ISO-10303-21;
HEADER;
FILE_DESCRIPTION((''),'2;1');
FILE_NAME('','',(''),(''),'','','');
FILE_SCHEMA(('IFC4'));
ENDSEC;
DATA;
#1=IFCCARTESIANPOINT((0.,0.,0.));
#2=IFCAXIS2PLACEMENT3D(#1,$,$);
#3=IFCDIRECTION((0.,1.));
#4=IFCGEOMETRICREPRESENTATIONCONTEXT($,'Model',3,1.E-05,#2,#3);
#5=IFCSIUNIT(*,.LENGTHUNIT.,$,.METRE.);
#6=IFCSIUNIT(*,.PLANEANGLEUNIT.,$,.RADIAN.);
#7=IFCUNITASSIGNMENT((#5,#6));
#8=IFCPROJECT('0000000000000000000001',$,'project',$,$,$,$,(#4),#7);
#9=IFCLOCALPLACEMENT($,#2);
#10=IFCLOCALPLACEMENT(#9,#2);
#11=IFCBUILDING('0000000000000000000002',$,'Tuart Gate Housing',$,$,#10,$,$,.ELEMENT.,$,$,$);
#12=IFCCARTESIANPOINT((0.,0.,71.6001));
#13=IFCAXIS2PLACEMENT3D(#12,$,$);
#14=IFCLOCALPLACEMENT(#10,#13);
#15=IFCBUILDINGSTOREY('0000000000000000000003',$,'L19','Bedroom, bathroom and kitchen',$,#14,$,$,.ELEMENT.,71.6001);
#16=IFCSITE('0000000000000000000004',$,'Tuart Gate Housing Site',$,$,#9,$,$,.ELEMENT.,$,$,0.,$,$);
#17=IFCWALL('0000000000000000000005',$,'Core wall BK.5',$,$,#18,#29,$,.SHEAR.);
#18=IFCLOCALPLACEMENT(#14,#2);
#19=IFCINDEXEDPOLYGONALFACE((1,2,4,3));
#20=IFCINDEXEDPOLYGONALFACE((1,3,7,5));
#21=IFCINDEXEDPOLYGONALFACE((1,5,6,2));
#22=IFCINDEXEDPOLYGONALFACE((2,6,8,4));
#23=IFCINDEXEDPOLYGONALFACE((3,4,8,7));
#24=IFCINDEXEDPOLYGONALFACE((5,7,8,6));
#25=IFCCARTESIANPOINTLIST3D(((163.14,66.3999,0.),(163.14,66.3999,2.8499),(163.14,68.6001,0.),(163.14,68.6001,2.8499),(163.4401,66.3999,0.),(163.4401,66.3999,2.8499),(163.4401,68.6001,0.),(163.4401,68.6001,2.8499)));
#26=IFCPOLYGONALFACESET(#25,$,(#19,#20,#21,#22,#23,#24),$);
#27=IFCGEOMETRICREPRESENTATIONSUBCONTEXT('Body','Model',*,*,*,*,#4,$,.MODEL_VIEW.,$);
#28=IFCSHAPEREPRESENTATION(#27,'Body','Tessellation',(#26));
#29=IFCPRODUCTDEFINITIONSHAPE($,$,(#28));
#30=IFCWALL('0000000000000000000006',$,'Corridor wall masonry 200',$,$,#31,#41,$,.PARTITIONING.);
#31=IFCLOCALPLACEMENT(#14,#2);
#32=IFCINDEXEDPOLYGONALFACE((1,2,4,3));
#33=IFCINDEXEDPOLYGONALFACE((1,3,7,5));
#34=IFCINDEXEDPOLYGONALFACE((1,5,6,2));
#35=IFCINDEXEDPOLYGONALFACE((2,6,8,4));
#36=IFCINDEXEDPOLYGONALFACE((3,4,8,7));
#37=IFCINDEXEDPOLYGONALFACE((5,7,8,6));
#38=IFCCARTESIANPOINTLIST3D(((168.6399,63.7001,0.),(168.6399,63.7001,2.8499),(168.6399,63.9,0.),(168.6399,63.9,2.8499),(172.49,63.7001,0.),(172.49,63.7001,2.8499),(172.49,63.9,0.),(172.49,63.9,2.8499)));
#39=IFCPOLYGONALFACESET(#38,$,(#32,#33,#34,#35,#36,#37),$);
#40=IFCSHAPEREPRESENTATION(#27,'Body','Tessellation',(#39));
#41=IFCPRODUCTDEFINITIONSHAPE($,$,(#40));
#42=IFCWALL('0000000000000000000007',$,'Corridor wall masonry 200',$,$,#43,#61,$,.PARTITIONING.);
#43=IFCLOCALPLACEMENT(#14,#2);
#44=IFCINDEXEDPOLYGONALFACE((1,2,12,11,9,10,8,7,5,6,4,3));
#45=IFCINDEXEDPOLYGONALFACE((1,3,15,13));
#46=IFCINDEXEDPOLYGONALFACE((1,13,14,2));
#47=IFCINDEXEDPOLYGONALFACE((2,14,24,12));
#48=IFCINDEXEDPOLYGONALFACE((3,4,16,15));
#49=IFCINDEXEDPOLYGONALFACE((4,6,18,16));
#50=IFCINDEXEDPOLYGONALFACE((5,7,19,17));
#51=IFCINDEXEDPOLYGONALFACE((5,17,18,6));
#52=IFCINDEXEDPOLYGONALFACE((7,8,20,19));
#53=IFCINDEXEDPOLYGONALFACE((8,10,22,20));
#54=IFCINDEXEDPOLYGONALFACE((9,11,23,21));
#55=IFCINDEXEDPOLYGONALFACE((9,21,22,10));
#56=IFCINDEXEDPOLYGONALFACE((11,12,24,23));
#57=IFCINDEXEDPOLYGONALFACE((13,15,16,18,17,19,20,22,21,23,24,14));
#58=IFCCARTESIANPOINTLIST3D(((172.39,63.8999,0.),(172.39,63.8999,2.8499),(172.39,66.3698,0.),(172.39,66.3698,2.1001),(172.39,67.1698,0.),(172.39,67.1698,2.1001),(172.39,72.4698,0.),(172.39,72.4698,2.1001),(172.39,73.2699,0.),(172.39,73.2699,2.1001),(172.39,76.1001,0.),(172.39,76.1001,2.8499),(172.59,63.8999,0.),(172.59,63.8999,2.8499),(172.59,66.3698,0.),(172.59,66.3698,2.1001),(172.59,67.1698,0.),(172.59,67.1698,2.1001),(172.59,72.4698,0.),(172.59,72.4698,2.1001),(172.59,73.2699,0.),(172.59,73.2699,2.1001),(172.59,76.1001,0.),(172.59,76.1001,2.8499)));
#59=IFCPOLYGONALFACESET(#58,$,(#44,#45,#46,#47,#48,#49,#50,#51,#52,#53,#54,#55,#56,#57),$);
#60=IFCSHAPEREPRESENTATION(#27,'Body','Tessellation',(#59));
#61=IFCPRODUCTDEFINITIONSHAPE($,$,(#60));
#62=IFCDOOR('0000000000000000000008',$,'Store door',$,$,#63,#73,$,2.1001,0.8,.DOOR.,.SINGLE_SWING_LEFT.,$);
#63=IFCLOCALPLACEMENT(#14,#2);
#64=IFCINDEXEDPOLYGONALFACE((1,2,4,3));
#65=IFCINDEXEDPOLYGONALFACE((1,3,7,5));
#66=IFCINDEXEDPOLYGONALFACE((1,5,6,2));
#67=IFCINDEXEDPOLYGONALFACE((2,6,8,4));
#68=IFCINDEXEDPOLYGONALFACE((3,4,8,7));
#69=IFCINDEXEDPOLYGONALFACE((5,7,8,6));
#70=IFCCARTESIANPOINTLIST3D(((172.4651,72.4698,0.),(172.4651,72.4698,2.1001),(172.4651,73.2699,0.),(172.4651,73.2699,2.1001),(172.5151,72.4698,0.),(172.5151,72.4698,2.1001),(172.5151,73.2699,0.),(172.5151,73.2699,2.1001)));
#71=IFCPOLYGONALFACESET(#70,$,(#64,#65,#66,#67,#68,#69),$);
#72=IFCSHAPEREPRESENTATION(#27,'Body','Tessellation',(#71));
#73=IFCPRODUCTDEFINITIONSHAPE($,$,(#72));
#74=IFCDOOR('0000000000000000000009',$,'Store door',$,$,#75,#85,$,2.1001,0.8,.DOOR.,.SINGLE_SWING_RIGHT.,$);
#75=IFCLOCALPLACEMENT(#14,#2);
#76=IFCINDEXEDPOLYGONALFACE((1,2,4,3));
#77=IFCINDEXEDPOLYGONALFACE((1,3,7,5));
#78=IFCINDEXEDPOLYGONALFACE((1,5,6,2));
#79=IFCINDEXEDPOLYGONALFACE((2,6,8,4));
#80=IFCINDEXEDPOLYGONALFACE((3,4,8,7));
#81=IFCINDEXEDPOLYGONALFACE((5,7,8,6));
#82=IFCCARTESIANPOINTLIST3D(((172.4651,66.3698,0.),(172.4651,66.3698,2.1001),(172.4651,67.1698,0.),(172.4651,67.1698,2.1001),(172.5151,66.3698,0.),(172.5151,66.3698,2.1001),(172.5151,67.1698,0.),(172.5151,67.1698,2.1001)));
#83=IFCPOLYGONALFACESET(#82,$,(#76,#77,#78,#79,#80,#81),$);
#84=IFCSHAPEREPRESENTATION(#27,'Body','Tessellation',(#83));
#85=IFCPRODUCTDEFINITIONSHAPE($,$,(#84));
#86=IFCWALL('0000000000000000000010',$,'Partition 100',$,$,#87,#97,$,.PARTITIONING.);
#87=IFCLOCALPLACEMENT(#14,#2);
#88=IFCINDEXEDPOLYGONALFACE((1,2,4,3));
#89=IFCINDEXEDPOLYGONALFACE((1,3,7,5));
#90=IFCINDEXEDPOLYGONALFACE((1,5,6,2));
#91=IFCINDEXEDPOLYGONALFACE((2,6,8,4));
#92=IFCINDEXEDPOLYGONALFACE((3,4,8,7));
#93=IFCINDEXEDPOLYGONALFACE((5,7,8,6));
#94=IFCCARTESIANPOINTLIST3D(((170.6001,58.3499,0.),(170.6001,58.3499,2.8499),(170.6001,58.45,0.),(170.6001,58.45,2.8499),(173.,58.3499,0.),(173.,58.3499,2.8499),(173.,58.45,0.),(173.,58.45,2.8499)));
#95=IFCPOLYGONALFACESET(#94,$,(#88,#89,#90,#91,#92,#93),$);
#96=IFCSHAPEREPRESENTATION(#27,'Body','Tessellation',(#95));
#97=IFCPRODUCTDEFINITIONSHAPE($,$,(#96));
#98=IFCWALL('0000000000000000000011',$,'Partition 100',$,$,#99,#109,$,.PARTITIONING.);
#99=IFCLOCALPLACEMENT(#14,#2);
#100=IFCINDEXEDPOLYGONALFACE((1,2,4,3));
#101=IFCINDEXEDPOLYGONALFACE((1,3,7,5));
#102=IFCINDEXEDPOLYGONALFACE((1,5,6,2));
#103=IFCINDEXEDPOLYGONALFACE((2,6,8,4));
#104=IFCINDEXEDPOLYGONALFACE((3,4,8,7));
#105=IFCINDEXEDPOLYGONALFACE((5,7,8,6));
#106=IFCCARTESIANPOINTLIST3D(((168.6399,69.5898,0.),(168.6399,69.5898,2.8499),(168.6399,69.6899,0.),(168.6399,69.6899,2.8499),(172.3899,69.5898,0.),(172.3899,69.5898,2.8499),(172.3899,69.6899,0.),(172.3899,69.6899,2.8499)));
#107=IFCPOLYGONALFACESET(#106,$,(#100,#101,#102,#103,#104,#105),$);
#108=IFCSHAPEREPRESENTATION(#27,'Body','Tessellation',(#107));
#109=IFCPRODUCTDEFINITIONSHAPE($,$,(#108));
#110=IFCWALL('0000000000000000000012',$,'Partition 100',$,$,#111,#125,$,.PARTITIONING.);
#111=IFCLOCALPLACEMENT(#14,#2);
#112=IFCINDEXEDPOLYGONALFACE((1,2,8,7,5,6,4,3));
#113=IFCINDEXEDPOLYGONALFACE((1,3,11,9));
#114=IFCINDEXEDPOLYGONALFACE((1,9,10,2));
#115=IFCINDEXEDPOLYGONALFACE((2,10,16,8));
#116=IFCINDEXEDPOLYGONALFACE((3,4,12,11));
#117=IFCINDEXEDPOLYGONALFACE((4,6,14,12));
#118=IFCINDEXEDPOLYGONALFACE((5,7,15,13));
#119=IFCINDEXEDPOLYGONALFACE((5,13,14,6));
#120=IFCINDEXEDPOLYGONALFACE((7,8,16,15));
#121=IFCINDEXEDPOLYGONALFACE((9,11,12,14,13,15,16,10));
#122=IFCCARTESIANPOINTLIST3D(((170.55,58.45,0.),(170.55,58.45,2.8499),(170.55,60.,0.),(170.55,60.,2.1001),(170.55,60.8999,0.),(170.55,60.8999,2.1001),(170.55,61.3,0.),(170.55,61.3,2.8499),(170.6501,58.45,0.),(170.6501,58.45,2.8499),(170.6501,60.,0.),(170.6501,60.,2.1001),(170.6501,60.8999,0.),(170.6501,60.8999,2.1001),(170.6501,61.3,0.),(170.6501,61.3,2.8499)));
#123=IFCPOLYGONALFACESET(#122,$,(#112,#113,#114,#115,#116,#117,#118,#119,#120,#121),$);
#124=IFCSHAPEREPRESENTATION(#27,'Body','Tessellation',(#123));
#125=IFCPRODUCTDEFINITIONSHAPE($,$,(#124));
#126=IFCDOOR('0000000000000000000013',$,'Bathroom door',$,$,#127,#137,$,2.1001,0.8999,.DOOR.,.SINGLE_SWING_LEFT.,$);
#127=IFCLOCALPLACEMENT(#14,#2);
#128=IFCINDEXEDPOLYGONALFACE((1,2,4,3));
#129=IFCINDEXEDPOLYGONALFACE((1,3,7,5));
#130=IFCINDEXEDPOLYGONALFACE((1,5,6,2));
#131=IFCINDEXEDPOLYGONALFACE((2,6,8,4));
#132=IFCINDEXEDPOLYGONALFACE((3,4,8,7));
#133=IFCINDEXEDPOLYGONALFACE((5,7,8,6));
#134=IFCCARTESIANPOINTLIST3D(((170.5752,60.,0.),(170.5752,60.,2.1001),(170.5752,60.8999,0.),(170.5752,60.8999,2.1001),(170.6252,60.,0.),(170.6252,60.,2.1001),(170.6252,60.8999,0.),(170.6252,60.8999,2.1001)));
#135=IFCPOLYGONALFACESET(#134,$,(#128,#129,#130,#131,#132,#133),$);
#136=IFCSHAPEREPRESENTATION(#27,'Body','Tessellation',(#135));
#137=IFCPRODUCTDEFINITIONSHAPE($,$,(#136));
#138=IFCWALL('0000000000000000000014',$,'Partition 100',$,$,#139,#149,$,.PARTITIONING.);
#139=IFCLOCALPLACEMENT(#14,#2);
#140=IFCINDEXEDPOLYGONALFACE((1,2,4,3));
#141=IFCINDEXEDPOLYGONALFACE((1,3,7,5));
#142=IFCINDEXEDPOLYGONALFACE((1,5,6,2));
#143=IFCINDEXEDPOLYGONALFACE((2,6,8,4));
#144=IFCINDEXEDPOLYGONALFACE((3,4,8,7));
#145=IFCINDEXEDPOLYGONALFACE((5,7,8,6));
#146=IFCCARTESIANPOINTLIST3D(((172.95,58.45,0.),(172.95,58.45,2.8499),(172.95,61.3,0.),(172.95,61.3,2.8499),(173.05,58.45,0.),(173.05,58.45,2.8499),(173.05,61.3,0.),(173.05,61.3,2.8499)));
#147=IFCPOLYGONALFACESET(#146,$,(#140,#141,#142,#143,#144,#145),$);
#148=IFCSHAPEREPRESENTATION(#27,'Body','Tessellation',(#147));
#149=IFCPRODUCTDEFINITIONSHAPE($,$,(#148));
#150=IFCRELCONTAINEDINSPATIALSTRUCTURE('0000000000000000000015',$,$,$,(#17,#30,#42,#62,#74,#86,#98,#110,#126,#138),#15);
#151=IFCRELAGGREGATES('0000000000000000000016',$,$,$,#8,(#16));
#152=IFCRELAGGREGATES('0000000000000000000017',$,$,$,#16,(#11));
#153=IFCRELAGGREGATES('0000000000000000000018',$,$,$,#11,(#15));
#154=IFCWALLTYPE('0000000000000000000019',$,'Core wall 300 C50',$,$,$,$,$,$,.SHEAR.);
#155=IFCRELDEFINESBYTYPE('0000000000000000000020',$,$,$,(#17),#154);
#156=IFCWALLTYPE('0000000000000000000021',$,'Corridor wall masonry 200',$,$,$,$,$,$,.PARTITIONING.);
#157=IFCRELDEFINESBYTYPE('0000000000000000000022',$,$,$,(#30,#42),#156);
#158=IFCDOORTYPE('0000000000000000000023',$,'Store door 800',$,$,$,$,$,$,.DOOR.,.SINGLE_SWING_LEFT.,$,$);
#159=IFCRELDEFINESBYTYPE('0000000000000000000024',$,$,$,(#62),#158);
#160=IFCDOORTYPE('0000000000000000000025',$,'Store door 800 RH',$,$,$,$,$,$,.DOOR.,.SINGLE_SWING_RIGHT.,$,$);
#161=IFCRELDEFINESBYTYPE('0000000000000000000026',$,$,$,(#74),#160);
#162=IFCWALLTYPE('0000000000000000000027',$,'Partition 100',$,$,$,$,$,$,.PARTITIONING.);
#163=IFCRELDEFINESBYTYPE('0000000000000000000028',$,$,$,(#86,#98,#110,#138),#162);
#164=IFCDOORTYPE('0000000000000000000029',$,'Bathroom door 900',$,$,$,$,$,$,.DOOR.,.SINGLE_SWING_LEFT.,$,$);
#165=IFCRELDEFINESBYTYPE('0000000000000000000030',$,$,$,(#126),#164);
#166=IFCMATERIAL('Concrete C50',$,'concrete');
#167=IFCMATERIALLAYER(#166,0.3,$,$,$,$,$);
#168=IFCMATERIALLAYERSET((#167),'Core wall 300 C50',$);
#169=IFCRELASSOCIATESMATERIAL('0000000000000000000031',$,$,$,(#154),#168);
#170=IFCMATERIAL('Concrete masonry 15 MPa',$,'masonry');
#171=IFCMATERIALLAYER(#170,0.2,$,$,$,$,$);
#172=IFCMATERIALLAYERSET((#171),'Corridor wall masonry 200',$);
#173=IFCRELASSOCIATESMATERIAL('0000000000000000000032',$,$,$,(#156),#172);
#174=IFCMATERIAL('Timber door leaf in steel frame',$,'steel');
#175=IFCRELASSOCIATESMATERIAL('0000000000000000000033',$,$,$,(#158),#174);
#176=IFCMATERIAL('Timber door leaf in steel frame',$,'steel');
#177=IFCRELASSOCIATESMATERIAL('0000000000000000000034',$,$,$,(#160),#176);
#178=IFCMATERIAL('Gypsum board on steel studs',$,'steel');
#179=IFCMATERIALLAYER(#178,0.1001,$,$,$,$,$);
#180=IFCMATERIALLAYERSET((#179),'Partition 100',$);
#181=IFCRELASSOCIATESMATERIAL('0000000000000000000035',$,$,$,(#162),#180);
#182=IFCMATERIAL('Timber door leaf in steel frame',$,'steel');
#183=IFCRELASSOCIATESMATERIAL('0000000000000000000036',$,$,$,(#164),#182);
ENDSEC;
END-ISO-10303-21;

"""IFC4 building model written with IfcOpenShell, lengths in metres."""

from ifc_helpers import new_model, si_unit, direction, frame, frame_2d, origin, place, context, subcontext, project, spatial, rectangle, extrude, material, layer, layer_set, type_object, element, fill, save


model = new_model("IFC4")

# Units and contexts
model_context = context("Model", 3, precision=1e-05, world=origin(), true_north=direction((0.0, 1.0)))
body_context = subcontext(model_context, "Body", "Model", "MODEL_VIEW")
ifc_project = project(units=[si_unit("LENGTHUNIT", "METRE"), si_unit("PLANEANGLEUNIT", "RADIAN")], contexts=[model_context])

# Site, building, storey
site_placement = place(None, origin())
site = spatial("IfcSite", under=ifc_project, at=site_placement, Name="Tuart Gate Housing Site", CompositionType="ELEMENT", RefElevation=0.0)
building_placement = place(site_placement, origin())
building = spatial("IfcBuilding", under=site, at=building_placement, Name="Tuart Gate Housing", CompositionType="ELEMENT")
storey_placement = place(building_placement, frame((0.0, 0.0, 71.6001)))
storey = spatial("IfcBuildingStorey", under=building, at=storey_placement, Name="L19", Description="Bedroom, bathroom and kitchen", CompositionType="ELEMENT", Elevation=71.6001)

# Walls
ifc_material_1 = material(Name="Concrete C50", Category="concrete")
ifc_layer_1 = layer(ifc_material_1, 0.3)
ifc_layer_set_1 = layer_set([ifc_layer_1], Name="Core wall 300 C50")
wall_type_1 = type_object("IfcWallType", Name="Core wall 300 C50", PredefinedType="SHEAR", material=ifc_layer_set_1)
wall_1_placement = place(storey_placement, frame((163.29, 68.6001, 0.0), z_axis=(0.0, 0.0, 1.0), x_axis=(0.0, -1.0, 0.0)))
element("IfcWall", 1, at=wall_1_placement, inside=storey, type_object=wall_type_1, Name="Core wall BK.5", PredefinedType="SHEAR", context=body_context, shape_type="SweptSolid", body=[
    extrude(rectangle(XDim=2.2002, YDim=0.3, at=frame_2d((1.1001, 0.0))), origin(), (0.0, 0.0, 1.0), 2.8499),
])
ifc_material_2 = material(Name="Concrete masonry 15 MPa", Category="masonry")
ifc_layer_2 = layer(ifc_material_2, 0.2)
ifc_layer_set_2 = layer_set([ifc_layer_2], Name="Corridor wall masonry 200")
wall_type_2 = type_object("IfcWallType", Name="Corridor wall masonry 200", PredefinedType="PARTITIONING", material=ifc_layer_set_2)
wall_2_placement = place(storey_placement, frame((168.6399, 63.8, 0.0), z_axis=(0.0, 0.0, 1.0), x_axis=(1.0, 0.0, 0.0)))
element("IfcWall", 2, at=wall_2_placement, inside=storey, type_object=wall_type_2, Name="Corridor wall masonry 200", PredefinedType="PARTITIONING", context=body_context, shape_type="SweptSolid", body=[
    extrude(rectangle(XDim=3.8501, YDim=0.2, at=frame_2d((1.925, 0.0))), origin(), (0.0, 0.0, 1.0), 2.8499),
])

# Wall, openings, doors
wall_3_placement = place(storey_placement, frame((172.49, 63.8999, 0.0), z_axis=(0.0, 0.0, 1.0), x_axis=(0.0, 1.0, 0.0)))
wall_3 = element("IfcWall", 3, at=wall_3_placement, inside=storey, type_object=wall_type_2, Name="Corridor wall masonry 200", PredefinedType="PARTITIONING", context=body_context, shape_type="SweptSolid", body=[
    extrude(rectangle(XDim=12.2002, YDim=0.2, at=frame_2d((6.1001, 0.0))), origin(), (0.0, 0.0, 1.0), 2.8499),
])
opening_1_placement = place(wall_3_placement, frame((2.47, 0.0, 0.0)))
opening_1 = element("IfcOpeningElement", 4, at=opening_1_placement, cuts=wall_3, PredefinedType="OPENING", context=body_context, shape_type="SweptSolid", body=[
    extrude(rectangle(XDim=0.8, YDim=2.1001, at=frame_2d((0.3999, 1.05))), frame((0.0, 0.1099, 0.0), z_axis=(0.0, -1.0, 0.0), x_axis=(1.0, 0.0, 0.0)), (0.0, 0.0, 1.0), 0.22),
])
opening_2_placement = place(wall_3_placement, frame((8.5701, 0.0, 0.0)))
opening_2 = element("IfcOpeningElement", 5, at=opening_2_placement, cuts=wall_3, PredefinedType="OPENING", context=body_context, shape_type="SweptSolid", body=[
    extrude(rectangle(XDim=0.8, YDim=2.1001, at=frame_2d((0.3999, 1.05))), frame((0.0, 0.1099, 0.0), z_axis=(0.0, -1.0, 0.0), x_axis=(1.0, 0.0, 0.0)), (0.0, 0.0, 1.0), 0.22),
])
ifc_material_3 = material(Name="Timber door leaf in steel frame", Category="steel")
door_type_1 = type_object("IfcDoorType", Name="Store door 800", OperationType="SINGLE_SWING_LEFT", PredefinedType="DOOR", material=ifc_material_3)
door_1_placement = place(opening_2_placement, origin())
door_1 = element("IfcDoor", 6, at=door_1_placement, inside=storey, type_object=door_type_1, Name="Store door", OperationType="SINGLE_SWING_LEFT", OverallHeight=2.1001, OverallWidth=0.8, PredefinedType="DOOR", context=body_context, shape_type="SweptSolid", body=[
    extrude(rectangle(XDim=0.8, YDim=2.1001, at=frame_2d((0.3999, 1.05))), frame((0.0, 0.0249, 0.0), z_axis=(0.0, -1.0, 0.0), x_axis=(1.0, 0.0, 0.0)), (0.0, 0.0, 1.0), 0.05),
])
fill(opening_2, door_1)
ifc_material_4 = material(Name="Timber door leaf in steel frame", Category="steel")
door_type_2 = type_object("IfcDoorType", Name="Store door 800 RH", OperationType="SINGLE_SWING_RIGHT", PredefinedType="DOOR", material=ifc_material_4)
door_2_placement = place(opening_1_placement, origin())
door_2 = element("IfcDoor", 7, at=door_2_placement, inside=storey, type_object=door_type_2, Name="Store door", OperationType="SINGLE_SWING_RIGHT", OverallHeight=2.1001, OverallWidth=0.8, PredefinedType="DOOR", context=body_context, shape_type="SweptSolid", body=[
    extrude(rectangle(XDim=0.8, YDim=2.1001, at=frame_2d((0.3999, 1.05))), frame((0.0, 0.0249, 0.0), z_axis=(0.0, -1.0, 0.0), x_axis=(1.0, 0.0, 0.0)), (0.0, 0.0, 1.0), 0.05),
])
fill(opening_1, door_2)

# Walls
ifc_material_5 = material(Name="Gypsum board on steel studs", Category="steel")
ifc_layer_3 = layer(ifc_material_5, 0.1001)
ifc_layer_set_3 = layer_set([ifc_layer_3], Name="Partition 100")
wall_type_3 = type_object("IfcWallType", Name="Partition 100", PredefinedType="PARTITIONING", material=ifc_layer_set_3)
wall_4_placement = place(storey_placement, frame((170.6001, 58.3999, 0.0), z_axis=(0.0, 0.0, 1.0), x_axis=(1.0, 0.0, 0.0)))
element("IfcWall", 8, at=wall_4_placement, inside=storey, type_object=wall_type_3, Name="Partition 100", PredefinedType="PARTITIONING", context=body_context, shape_type="SweptSolid", body=[
    extrude(rectangle(XDim=2.3999, YDim=0.1001, at=frame_2d((1.2, 0.0))), origin(), (0.0, 0.0, 1.0), 2.8499),
])
wall_5_placement = place(storey_placement, frame((168.6399, 69.6399, 0.0), z_axis=(0.0, 0.0, 1.0), x_axis=(1.0, 0.0, 0.0)))
element("IfcWall", 9, at=wall_5_placement, inside=storey, type_object=wall_type_3, Name="Partition 100", PredefinedType="PARTITIONING", context=body_context, shape_type="SweptSolid", body=[
    extrude(rectangle(XDim=3.75, YDim=0.1001, at=frame_2d((1.875, 0.0))), origin(), (0.0, 0.0, 1.0), 2.8499),
])

# Wall, opening, door
wall_6_placement = place(storey_placement, frame((170.6001, 58.45, 0.0), z_axis=(0.0, 0.0, 1.0), x_axis=(0.0, 1.0, 0.0)))
wall_6 = element("IfcWall", 10, at=wall_6_placement, inside=storey, type_object=wall_type_3, Name="Partition 100", PredefinedType="PARTITIONING", context=body_context, shape_type="SweptSolid", body=[
    extrude(rectangle(XDim=2.8501, YDim=0.1001, at=frame_2d((1.425, 0.0))), origin(), (0.0, 0.0, 1.0), 2.8499),
])
opening_3_placement = place(wall_6_placement, frame((1.55, 0.0, 0.0)))
opening_3 = element("IfcOpeningElement", 11, at=opening_3_placement, cuts=wall_6, PredefinedType="OPENING", context=body_context, shape_type="SweptSolid", body=[
    extrude(rectangle(XDim=0.8999, YDim=2.1001, at=frame_2d((0.45, 1.05))), frame((0.0, 0.0601, 0.0), z_axis=(0.0, -1.0, 0.0), x_axis=(1.0, 0.0, 0.0)), (0.0, 0.0, 1.0), 0.1201),
])
ifc_material_6 = material(Name="Timber door leaf in steel frame", Category="steel")
door_type_3 = type_object("IfcDoorType", Name="Bathroom door 900", OperationType="SINGLE_SWING_LEFT", PredefinedType="DOOR", material=ifc_material_6)
door_3_placement = place(opening_3_placement, frame((0.8999, 0.0, 0.0), z_axis=(0.0, 0.0, 1.0), x_axis=(-1.0, 0.0, 0.0)))
door_3 = element("IfcDoor", 12, at=door_3_placement, inside=storey, type_object=door_type_3, Name="Bathroom door", OperationType="SINGLE_SWING_LEFT", OverallHeight=2.1001, OverallWidth=0.8999, PredefinedType="DOOR", context=body_context, shape_type="SweptSolid", body=[
    extrude(rectangle(XDim=0.8999, YDim=2.1001, at=frame_2d((0.45, 1.05))), frame((0.0, 0.0251, 0.0), z_axis=(0.0, -1.0, 0.0), x_axis=(1.0, 0.0, 0.0)), (0.0, 0.0, 1.0), 0.05),
])
fill(opening_3, door_3)

# Wall
wall_7_placement = place(storey_placement, frame((173.0, 58.45, 0.0), z_axis=(0.0, 0.0, 1.0), x_axis=(0.0, 1.0, 0.0)))
element("IfcWall", 13, at=wall_7_placement, inside=storey, type_object=wall_type_3, Name="Partition 100", PredefinedType="PARTITIONING", context=body_context, shape_type="SweptSolid", body=[
    extrude(rectangle(XDim=2.8501, YDim=0.1001, at=frame_2d((1.425, 0.0))), origin(), (0.0, 0.0, 1.0), 2.8499),
])

save(model, "model.ifc")
